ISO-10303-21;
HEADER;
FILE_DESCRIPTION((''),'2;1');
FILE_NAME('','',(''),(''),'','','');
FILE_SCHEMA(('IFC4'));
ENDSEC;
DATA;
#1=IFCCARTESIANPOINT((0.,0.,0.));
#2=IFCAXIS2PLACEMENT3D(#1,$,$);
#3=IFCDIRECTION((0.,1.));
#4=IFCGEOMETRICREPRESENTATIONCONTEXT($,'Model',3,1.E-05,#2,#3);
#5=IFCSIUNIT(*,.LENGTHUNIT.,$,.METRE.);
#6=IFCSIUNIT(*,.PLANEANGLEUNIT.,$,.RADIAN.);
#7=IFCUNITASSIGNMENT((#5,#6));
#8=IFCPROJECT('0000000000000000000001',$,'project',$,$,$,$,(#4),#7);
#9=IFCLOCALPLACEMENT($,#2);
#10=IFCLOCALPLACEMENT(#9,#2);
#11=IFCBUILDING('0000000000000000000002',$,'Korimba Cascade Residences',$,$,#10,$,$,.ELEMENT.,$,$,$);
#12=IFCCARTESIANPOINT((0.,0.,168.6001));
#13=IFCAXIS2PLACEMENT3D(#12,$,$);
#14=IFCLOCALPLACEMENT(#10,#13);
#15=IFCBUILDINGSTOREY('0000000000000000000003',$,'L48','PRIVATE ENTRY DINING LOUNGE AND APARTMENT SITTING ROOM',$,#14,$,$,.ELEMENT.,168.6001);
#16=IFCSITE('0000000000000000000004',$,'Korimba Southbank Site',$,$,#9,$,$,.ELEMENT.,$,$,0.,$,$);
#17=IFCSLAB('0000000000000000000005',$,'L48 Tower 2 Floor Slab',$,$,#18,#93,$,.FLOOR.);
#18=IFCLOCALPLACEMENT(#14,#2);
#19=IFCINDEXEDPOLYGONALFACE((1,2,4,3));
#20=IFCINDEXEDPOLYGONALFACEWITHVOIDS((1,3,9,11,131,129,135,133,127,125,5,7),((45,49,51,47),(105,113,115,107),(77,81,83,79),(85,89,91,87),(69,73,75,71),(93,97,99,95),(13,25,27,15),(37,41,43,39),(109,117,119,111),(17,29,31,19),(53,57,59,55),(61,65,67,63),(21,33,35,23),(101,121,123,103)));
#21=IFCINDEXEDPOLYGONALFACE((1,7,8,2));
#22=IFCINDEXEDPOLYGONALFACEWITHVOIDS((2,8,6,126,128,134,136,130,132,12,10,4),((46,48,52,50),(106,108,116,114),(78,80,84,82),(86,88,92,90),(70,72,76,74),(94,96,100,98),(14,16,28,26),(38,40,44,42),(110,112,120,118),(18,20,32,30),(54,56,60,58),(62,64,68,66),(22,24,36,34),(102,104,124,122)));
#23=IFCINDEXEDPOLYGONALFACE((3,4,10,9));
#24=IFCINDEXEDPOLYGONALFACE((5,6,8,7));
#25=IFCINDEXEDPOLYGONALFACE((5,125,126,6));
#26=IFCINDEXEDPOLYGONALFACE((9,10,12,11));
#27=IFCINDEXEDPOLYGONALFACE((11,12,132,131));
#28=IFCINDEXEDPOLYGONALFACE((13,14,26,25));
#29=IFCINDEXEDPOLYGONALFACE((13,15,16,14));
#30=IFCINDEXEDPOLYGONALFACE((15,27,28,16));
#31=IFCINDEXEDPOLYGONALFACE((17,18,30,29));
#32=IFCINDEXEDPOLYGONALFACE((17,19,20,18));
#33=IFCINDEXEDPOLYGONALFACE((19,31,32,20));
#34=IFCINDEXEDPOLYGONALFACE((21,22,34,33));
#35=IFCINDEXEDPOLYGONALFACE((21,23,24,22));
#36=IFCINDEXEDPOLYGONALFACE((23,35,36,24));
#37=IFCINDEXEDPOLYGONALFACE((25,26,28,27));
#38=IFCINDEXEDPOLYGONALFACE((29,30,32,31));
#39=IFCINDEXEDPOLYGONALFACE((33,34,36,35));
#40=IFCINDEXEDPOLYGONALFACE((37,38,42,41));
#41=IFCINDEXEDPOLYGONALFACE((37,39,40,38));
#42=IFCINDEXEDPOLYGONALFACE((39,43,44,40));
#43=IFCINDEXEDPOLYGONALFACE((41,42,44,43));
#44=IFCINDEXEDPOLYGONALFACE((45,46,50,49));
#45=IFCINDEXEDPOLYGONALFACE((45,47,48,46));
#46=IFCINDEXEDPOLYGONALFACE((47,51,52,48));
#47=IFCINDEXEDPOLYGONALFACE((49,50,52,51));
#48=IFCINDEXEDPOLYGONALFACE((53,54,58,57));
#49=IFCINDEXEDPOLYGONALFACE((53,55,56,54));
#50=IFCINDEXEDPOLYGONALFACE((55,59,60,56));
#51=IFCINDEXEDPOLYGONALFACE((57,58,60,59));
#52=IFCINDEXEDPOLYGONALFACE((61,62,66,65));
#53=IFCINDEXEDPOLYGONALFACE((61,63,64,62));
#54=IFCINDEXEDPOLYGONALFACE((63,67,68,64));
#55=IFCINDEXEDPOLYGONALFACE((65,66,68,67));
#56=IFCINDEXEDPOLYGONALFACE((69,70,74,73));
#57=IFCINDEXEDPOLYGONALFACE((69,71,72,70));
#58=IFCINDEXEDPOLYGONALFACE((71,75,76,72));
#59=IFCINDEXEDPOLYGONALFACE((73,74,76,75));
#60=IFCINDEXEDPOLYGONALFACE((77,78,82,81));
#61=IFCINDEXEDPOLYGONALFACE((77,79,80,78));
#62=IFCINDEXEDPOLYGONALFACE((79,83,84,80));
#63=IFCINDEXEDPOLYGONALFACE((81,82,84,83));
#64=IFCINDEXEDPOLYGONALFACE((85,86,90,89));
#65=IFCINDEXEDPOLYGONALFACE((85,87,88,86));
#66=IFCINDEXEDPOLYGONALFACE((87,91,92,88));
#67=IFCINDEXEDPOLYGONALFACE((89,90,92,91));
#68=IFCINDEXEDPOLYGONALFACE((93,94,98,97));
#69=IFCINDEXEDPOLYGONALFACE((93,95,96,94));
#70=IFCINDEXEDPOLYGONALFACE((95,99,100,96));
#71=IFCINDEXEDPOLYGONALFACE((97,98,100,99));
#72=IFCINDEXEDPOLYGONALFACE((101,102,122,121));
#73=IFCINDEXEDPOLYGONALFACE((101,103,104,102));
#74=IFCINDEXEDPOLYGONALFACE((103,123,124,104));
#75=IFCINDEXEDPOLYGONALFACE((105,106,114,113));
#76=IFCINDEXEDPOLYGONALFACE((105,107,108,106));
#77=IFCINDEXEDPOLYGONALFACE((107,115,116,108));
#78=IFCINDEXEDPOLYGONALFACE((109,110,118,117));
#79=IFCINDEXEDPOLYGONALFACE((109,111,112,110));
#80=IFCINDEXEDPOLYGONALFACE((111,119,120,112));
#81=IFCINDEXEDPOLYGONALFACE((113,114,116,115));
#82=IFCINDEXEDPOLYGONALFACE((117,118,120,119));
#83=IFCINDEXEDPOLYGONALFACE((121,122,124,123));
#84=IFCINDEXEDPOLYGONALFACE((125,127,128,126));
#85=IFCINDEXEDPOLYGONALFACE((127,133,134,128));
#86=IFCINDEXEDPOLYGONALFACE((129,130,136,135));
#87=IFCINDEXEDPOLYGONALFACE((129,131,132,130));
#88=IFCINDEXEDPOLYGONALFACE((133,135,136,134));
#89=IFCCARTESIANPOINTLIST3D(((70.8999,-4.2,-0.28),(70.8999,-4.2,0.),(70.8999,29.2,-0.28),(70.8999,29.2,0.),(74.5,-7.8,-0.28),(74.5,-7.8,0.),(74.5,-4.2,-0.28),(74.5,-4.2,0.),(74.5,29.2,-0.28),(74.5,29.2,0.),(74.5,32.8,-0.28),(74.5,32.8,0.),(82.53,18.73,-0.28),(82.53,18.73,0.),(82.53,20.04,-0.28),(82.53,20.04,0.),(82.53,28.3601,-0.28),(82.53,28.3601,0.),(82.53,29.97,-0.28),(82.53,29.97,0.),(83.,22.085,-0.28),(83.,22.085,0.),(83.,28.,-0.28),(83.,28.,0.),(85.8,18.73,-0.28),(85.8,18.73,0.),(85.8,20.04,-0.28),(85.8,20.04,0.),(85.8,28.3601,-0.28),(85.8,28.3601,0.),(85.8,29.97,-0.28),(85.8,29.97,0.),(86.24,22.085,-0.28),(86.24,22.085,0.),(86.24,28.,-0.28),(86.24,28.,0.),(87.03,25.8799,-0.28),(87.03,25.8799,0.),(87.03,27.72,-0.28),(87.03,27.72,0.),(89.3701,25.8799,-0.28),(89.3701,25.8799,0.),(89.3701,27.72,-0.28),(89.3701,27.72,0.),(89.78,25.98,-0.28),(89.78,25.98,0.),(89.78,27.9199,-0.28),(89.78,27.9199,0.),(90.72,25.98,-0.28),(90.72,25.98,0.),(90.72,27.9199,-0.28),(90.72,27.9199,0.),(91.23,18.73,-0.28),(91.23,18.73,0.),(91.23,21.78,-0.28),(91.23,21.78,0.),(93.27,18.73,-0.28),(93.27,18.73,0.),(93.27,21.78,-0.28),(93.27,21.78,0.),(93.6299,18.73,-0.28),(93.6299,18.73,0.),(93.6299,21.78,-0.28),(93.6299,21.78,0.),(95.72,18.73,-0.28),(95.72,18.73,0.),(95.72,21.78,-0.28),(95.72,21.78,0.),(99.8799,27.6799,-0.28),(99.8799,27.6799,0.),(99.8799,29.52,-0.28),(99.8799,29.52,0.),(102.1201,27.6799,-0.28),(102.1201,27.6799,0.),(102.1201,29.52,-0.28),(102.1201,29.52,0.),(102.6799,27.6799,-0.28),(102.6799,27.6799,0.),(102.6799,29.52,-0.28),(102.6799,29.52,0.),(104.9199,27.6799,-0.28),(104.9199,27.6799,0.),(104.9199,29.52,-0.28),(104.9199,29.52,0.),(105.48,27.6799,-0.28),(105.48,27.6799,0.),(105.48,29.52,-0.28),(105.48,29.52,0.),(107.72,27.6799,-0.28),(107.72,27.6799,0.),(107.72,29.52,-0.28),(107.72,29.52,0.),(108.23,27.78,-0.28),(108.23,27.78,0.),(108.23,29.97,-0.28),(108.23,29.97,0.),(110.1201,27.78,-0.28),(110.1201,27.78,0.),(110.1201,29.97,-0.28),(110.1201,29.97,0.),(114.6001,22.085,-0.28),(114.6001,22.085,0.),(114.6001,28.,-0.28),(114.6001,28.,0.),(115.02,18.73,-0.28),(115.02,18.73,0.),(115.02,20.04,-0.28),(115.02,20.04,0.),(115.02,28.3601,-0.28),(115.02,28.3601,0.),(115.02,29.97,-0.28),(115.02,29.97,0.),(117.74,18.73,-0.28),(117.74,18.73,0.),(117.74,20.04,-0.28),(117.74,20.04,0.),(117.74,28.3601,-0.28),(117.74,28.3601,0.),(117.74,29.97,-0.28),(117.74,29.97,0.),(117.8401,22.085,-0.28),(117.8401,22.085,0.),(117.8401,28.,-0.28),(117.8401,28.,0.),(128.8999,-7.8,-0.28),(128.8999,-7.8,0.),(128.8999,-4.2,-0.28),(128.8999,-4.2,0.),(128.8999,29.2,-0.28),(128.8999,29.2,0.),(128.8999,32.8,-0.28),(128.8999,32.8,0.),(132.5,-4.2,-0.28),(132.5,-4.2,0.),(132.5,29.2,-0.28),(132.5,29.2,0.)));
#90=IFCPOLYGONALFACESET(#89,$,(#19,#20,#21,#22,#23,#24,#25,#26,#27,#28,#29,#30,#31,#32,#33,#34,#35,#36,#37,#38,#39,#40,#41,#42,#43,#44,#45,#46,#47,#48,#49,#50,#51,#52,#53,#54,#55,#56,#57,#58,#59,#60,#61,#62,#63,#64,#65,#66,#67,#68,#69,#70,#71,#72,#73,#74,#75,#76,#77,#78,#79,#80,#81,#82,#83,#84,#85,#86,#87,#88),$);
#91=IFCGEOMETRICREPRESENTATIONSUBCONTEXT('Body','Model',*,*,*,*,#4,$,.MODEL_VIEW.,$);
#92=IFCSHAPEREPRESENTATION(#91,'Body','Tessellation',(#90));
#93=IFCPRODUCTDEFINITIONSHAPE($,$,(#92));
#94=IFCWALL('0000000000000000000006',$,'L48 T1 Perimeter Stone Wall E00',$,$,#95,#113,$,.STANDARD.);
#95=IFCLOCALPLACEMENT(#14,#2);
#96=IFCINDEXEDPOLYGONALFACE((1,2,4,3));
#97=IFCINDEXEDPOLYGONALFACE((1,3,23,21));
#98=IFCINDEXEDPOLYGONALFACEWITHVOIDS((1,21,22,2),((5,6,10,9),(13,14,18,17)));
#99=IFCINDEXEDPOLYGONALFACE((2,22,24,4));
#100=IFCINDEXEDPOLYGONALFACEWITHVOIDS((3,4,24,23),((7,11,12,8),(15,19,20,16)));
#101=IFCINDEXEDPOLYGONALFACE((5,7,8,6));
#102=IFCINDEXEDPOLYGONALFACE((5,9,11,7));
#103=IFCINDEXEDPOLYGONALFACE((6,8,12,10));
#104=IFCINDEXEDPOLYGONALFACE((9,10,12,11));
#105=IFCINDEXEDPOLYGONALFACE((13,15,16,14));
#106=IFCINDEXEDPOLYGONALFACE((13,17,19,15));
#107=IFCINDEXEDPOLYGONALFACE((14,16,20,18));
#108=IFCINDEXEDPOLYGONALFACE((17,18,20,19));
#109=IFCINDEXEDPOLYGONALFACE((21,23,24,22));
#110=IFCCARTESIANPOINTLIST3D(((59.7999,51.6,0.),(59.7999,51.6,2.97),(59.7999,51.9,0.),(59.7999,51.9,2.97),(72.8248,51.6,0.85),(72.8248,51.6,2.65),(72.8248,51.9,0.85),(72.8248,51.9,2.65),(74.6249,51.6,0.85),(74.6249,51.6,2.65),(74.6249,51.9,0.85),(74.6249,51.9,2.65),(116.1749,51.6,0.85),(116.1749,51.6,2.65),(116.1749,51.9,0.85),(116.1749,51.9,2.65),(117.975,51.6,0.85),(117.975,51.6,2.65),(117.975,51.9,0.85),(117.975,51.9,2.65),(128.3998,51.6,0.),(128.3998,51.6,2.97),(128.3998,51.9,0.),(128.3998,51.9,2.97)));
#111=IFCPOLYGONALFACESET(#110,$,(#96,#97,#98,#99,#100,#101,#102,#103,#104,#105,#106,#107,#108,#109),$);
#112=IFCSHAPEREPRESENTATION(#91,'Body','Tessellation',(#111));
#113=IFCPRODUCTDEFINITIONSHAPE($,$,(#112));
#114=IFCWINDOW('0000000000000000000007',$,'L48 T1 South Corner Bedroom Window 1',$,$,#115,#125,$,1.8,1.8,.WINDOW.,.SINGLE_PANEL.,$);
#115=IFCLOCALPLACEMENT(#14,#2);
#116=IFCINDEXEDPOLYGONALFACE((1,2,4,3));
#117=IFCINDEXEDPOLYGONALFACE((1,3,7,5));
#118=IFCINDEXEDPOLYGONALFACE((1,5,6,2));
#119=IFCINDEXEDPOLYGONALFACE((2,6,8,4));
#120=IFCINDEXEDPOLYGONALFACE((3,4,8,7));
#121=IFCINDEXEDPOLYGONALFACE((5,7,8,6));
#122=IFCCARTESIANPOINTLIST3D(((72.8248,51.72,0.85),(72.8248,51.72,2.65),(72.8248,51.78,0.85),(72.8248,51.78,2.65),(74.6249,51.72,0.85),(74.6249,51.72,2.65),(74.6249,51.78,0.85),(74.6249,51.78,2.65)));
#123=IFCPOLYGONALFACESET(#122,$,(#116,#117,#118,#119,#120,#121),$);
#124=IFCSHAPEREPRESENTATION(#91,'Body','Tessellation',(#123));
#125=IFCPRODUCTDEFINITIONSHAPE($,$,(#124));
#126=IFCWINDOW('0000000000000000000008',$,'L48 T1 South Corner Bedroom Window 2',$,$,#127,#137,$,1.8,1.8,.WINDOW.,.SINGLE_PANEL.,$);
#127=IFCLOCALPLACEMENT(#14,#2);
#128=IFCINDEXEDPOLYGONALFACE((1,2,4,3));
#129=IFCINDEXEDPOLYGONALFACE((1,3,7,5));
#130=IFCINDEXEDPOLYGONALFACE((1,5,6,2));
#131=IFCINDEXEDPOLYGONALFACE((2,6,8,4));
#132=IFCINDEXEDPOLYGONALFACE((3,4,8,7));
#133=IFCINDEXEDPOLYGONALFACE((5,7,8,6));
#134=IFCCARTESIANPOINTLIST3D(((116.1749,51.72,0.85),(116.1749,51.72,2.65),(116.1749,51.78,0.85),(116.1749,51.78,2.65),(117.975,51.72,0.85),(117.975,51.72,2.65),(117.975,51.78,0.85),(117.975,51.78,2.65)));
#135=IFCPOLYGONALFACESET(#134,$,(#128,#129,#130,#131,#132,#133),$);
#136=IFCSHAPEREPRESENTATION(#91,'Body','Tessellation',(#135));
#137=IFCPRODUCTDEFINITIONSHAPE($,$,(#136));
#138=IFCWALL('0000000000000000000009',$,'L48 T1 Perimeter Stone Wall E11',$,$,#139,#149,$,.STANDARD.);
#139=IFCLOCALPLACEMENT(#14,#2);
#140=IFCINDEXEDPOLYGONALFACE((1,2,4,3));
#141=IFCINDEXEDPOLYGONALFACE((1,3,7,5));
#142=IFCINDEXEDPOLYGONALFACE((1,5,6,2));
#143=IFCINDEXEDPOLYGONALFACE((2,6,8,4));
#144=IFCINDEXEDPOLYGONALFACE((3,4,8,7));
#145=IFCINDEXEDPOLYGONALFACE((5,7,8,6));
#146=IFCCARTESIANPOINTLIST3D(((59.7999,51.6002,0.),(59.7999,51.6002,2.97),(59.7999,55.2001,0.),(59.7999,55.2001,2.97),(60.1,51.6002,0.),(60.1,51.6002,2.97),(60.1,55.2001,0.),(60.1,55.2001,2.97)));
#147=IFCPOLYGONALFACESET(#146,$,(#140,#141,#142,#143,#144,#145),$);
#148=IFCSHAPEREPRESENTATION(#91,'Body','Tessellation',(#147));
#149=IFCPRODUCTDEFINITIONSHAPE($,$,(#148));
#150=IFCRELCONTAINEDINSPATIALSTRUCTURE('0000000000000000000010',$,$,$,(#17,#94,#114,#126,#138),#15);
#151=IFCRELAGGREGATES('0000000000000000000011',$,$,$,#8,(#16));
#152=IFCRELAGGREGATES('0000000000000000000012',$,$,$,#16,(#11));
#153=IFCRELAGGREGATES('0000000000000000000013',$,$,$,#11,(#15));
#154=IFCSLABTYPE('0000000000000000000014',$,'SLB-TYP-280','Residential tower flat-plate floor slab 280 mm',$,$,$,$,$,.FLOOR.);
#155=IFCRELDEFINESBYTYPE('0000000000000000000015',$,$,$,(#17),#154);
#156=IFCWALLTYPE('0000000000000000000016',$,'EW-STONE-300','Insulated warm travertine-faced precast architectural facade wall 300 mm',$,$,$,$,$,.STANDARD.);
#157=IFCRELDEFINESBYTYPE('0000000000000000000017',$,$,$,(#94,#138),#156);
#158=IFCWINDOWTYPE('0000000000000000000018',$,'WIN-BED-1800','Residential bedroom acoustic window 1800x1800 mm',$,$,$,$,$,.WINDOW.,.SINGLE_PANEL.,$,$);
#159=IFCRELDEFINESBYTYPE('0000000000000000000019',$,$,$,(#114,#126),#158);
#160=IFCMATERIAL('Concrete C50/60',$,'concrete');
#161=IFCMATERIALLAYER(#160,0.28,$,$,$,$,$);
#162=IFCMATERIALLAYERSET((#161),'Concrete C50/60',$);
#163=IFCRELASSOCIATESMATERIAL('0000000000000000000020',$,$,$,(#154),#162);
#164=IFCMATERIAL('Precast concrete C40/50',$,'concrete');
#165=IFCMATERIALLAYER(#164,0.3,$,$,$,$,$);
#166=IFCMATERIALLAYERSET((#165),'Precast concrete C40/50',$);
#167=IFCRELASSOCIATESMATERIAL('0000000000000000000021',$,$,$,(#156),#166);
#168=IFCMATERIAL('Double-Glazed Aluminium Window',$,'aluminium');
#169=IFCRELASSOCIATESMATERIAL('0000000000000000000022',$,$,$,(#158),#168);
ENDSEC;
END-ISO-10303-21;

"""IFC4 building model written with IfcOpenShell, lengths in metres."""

from ifc_helpers import new_model, si_unit, direction, frame, frame_2d, origin, place, context, subcontext, project, spatial, polyline, rectangle, outline, extrude, material, layer, layer_set, type_object, element, fill, save


model = new_model("IFC4")

# Units and contexts
model_context = context("Model", 3, precision=1e-05, world=origin(), true_north=direction((0.0, 1.0)))
body_context = subcontext(model_context, "Body", "Model", "MODEL_VIEW")
ifc_project = project(units=[si_unit("LENGTHUNIT", "METRE"), si_unit("PLANEANGLEUNIT", "RADIAN")], contexts=[model_context])

# Site, building, storey
site_placement = place(None, origin())
site = spatial("IfcSite", under=ifc_project, at=site_placement, Name="Korimba Southbank Site", CompositionType="ELEMENT", RefElevation=0.0)
building_placement = place(site_placement, origin())
building = spatial("IfcBuilding", under=site, at=building_placement, Name="Korimba Cascade Residences", CompositionType="ELEMENT")
storey_placement = place(building_placement, frame((0.0, 0.0, 168.6001)))
storey = spatial("IfcBuildingStorey", under=building, at=storey_placement, Name="L48", Description="PRIVATE ENTRY DINING LOUNGE AND APARTMENT SITTING ROOM", CompositionType="ELEMENT", Elevation=168.6001)

# Shared definitions
ifc_material_1 = material(Name="Concrete C50/60", Category="concrete")

# Slab
ifc_material_2 = material(Name="Precast concrete C40/50", Category="concrete")
ifc_layer_1 = layer(ifc_material_1, 0.28)
ifc_layer_set_1 = layer_set([ifc_layer_1], Name="Concrete C50/60")
slab_type_1 = type_object("IfcSlabType", Name="SLB-TYP-280", Description="Residential tower flat-plate floor slab 280 mm", PredefinedType="FLOOR", material=ifc_layer_set_1)
slab_1_placement = place(storey_placement, frame((0.0, 0.0, -0.28)))
element("IfcSlab", 1, at=slab_1_placement, inside=storey, type_object=slab_type_1, Name="L48 Tower 2 Floor Slab", PredefinedType="FLOOR", context=body_context, shape_type="SweptSolid", body=[
    extrude(outline(polyline([(74.5, -7.8), (128.8999, -7.8), (128.8999, -4.2), (132.5, -4.2), (132.5, 29.2), (128.8999, 29.2), (128.8999, 32.8), (74.5, 32.8), (74.5, 29.2), (70.8999, 29.2), (70.8999, -4.2), (74.5, -4.2), (74.5, -7.8)]), holes=[polyline([(86.24, 22.085), (86.24, 28.0), (83.0, 28.0), (83.0, 22.085), (86.24, 22.085)]), polyline([(117.8401, 22.085), (117.8401, 28.0), (114.6001, 28.0), (114.6001, 22.085), (117.8401, 22.085)]), polyline([(87.03, 25.8799), (89.3701, 25.8799), (89.3701, 27.72), (87.03, 27.72), (87.03, 25.8799)]), polyline([(99.8799, 27.6799), (102.1201, 27.6799), (102.1201, 29.52), (99.8799, 29.52), (99.8799, 27.6799)]), polyline([(102.6799, 27.6799), (104.9199, 27.6799), (104.9199, 29.52), (102.6799, 29.52), (102.6799, 27.6799)]), polyline([(105.48, 27.6799), (107.72, 27.6799), (107.72, 29.52), (105.48, 29.52), (105.48, 27.6799)]), polyline([(89.78, 25.98), (90.72, 25.98), (90.72, 27.9199), (89.78, 27.9199), (89.78, 25.98)]), polyline([(82.53, 18.73), (85.8, 18.73), (85.8, 20.04), (82.53, 20.04), (82.53, 18.73)]), polyline([(82.53, 28.3601), (85.8, 28.3601), (85.8, 29.97), (82.53, 29.97), (82.53, 28.3601)]), polyline([(108.23, 27.78), (110.1201, 27.78), (110.1201, 29.97), (108.23, 29.97), (108.23, 27.78)]), polyline([(91.23, 18.73), (93.27, 18.73), (93.27, 21.78), (91.23, 21.78), (91.23, 18.73)]), polyline([(93.6299, 18.73), (95.72, 18.73), (95.72, 21.78), (93.6299, 21.78), (93.6299, 18.73)]), polyline([(115.02, 18.73), (117.74, 18.73), (117.74, 20.04), (115.02, 20.04), (115.02, 18.73)]), polyline([(115.02, 28.3601), (117.74, 28.3601), (117.74, 29.97), (115.02, 29.97), (115.02, 28.3601)])]), origin(), (0.0, 0.0, 1.0), 0.28),
])

# Wall, openings, windows
ifc_layer_2 = layer(ifc_material_2, 0.3)
ifc_layer_set_2 = layer_set([ifc_layer_2], Name="Precast concrete C40/50")
wall_type_1 = type_object("IfcWallType", Name="EW-STONE-300", Description="Insulated warm travertine-faced precast architectural facade wall 300 mm", PredefinedType="STANDARD", material=ifc_layer_set_2)
wall_1_placement = place(storey_placement, frame((59.8, 51.75, 0.0), z_axis=(0.0, 0.0, 1.0), x_axis=(1.0, 0.0, 0.0)))
wall_1 = element("IfcWall", 2, at=wall_1_placement, inside=storey, type_object=wall_type_1, Name="L48 T1 Perimeter Stone Wall E00", PredefinedType="STANDARD", context=body_context, shape_type="SweptSolid", body=[
    extrude(rectangle(XDim=68.5999, YDim=0.3, at=frame_2d((34.2998, 0.0))), origin(), (0.0, 0.0, 1.0), 2.97),
])
opening_1_placement = place(wall_1_placement, frame((13.0249, 0.0, 0.8501)))
opening_1 = element("IfcOpeningElement", 3, at=opening_1_placement, cuts=wall_1, PredefinedType="OPENING", context=body_context, shape_type="SweptSolid", body=[
    extrude(rectangle(XDim=1.8, YDim=1.8, at=frame_2d((0.8999, 0.8999))), frame((0.0, 0.1602, 0.0), z_axis=(0.0, -1.0, 0.0), x_axis=(1.0, 0.0, 0.0)), (0.0, 0.0, 1.0), 0.3201),
])
opening_2_placement = place(wall_1_placement, frame((56.375, 0.0, 0.8501)))
opening_2 = element("IfcOpeningElement", 4, at=opening_2_placement, cuts=wall_1, PredefinedType="OPENING", context=body_context, shape_type="SweptSolid", body=[
    extrude(rectangle(XDim=1.8, YDim=1.8, at=frame_2d((0.8999, 0.8999))), frame((0.0, 0.1602, 0.0), z_axis=(0.0, -1.0, 0.0), x_axis=(1.0, 0.0, 0.0)), (0.0, 0.0, 1.0), 0.3201),
])
ifc_material_3 = material(Name="Double-Glazed Aluminium Window", Category="aluminium")
window_type_1 = type_object("IfcWindowType", Name="WIN-BED-1800", Description="Residential bedroom acoustic window 1800x1800 mm", PartitioningType="SINGLE_PANEL", PredefinedType="WINDOW", material=ifc_material_3)
window_1_placement = place(opening_1_placement, origin())
window_1 = element("IfcWindow", 5, at=window_1_placement, inside=storey, type_object=window_type_1, Name="L48 T1 South Corner Bedroom Window 1", OverallHeight=1.8, OverallWidth=1.8, PartitioningType="SINGLE_PANEL", PredefinedType="WINDOW", context=body_context, shape_type="SweptSolid", body=[
    extrude(rectangle(XDim=1.8, YDim=1.8, at=frame_2d((0.8999, 0.8999))), frame((0.0, 0.03, 0.0), z_axis=(0.0, -1.0, 0.0), x_axis=(1.0, 0.0, 0.0)), (0.0, 0.0, 1.0), 0.0601),
])
fill(opening_1, window_1)
window_2_placement = place(opening_2_placement, origin())
window_2 = element("IfcWindow", 6, at=window_2_placement, inside=storey, type_object=window_type_1, Name="L48 T1 South Corner Bedroom Window 2", OverallHeight=1.8, OverallWidth=1.8, PartitioningType="SINGLE_PANEL", PredefinedType="WINDOW", context=body_context, shape_type="SweptSolid", body=[
    extrude(rectangle(XDim=1.8, YDim=1.8, at=frame_2d((0.8999, 0.8999))), frame((0.0, 0.03, 0.0), z_axis=(0.0, -1.0, 0.0), x_axis=(1.0, 0.0, 0.0)), (0.0, 0.0, 1.0), 0.0601),
])
fill(opening_2, window_2)

# Wall
wall_2_placement = place(storey_placement, frame((59.95, 55.2, 0.0), z_axis=(0.0, 0.0, 1.0), x_axis=(0.0, -1.0, 0.0)))
element("IfcWall", 7, at=wall_2_placement, inside=storey, type_object=wall_type_1, Name="L48 T1 Perimeter Stone Wall E11", PredefinedType="STANDARD", context=body_context, shape_type="SweptSolid", body=[
    extrude(rectangle(XDim=3.5999, YDim=0.3, at=frame_2d((1.7998, 0.0))), origin(), (0.0, 0.0, 1.0), 2.97),
])

save(model, "model.ifc")
